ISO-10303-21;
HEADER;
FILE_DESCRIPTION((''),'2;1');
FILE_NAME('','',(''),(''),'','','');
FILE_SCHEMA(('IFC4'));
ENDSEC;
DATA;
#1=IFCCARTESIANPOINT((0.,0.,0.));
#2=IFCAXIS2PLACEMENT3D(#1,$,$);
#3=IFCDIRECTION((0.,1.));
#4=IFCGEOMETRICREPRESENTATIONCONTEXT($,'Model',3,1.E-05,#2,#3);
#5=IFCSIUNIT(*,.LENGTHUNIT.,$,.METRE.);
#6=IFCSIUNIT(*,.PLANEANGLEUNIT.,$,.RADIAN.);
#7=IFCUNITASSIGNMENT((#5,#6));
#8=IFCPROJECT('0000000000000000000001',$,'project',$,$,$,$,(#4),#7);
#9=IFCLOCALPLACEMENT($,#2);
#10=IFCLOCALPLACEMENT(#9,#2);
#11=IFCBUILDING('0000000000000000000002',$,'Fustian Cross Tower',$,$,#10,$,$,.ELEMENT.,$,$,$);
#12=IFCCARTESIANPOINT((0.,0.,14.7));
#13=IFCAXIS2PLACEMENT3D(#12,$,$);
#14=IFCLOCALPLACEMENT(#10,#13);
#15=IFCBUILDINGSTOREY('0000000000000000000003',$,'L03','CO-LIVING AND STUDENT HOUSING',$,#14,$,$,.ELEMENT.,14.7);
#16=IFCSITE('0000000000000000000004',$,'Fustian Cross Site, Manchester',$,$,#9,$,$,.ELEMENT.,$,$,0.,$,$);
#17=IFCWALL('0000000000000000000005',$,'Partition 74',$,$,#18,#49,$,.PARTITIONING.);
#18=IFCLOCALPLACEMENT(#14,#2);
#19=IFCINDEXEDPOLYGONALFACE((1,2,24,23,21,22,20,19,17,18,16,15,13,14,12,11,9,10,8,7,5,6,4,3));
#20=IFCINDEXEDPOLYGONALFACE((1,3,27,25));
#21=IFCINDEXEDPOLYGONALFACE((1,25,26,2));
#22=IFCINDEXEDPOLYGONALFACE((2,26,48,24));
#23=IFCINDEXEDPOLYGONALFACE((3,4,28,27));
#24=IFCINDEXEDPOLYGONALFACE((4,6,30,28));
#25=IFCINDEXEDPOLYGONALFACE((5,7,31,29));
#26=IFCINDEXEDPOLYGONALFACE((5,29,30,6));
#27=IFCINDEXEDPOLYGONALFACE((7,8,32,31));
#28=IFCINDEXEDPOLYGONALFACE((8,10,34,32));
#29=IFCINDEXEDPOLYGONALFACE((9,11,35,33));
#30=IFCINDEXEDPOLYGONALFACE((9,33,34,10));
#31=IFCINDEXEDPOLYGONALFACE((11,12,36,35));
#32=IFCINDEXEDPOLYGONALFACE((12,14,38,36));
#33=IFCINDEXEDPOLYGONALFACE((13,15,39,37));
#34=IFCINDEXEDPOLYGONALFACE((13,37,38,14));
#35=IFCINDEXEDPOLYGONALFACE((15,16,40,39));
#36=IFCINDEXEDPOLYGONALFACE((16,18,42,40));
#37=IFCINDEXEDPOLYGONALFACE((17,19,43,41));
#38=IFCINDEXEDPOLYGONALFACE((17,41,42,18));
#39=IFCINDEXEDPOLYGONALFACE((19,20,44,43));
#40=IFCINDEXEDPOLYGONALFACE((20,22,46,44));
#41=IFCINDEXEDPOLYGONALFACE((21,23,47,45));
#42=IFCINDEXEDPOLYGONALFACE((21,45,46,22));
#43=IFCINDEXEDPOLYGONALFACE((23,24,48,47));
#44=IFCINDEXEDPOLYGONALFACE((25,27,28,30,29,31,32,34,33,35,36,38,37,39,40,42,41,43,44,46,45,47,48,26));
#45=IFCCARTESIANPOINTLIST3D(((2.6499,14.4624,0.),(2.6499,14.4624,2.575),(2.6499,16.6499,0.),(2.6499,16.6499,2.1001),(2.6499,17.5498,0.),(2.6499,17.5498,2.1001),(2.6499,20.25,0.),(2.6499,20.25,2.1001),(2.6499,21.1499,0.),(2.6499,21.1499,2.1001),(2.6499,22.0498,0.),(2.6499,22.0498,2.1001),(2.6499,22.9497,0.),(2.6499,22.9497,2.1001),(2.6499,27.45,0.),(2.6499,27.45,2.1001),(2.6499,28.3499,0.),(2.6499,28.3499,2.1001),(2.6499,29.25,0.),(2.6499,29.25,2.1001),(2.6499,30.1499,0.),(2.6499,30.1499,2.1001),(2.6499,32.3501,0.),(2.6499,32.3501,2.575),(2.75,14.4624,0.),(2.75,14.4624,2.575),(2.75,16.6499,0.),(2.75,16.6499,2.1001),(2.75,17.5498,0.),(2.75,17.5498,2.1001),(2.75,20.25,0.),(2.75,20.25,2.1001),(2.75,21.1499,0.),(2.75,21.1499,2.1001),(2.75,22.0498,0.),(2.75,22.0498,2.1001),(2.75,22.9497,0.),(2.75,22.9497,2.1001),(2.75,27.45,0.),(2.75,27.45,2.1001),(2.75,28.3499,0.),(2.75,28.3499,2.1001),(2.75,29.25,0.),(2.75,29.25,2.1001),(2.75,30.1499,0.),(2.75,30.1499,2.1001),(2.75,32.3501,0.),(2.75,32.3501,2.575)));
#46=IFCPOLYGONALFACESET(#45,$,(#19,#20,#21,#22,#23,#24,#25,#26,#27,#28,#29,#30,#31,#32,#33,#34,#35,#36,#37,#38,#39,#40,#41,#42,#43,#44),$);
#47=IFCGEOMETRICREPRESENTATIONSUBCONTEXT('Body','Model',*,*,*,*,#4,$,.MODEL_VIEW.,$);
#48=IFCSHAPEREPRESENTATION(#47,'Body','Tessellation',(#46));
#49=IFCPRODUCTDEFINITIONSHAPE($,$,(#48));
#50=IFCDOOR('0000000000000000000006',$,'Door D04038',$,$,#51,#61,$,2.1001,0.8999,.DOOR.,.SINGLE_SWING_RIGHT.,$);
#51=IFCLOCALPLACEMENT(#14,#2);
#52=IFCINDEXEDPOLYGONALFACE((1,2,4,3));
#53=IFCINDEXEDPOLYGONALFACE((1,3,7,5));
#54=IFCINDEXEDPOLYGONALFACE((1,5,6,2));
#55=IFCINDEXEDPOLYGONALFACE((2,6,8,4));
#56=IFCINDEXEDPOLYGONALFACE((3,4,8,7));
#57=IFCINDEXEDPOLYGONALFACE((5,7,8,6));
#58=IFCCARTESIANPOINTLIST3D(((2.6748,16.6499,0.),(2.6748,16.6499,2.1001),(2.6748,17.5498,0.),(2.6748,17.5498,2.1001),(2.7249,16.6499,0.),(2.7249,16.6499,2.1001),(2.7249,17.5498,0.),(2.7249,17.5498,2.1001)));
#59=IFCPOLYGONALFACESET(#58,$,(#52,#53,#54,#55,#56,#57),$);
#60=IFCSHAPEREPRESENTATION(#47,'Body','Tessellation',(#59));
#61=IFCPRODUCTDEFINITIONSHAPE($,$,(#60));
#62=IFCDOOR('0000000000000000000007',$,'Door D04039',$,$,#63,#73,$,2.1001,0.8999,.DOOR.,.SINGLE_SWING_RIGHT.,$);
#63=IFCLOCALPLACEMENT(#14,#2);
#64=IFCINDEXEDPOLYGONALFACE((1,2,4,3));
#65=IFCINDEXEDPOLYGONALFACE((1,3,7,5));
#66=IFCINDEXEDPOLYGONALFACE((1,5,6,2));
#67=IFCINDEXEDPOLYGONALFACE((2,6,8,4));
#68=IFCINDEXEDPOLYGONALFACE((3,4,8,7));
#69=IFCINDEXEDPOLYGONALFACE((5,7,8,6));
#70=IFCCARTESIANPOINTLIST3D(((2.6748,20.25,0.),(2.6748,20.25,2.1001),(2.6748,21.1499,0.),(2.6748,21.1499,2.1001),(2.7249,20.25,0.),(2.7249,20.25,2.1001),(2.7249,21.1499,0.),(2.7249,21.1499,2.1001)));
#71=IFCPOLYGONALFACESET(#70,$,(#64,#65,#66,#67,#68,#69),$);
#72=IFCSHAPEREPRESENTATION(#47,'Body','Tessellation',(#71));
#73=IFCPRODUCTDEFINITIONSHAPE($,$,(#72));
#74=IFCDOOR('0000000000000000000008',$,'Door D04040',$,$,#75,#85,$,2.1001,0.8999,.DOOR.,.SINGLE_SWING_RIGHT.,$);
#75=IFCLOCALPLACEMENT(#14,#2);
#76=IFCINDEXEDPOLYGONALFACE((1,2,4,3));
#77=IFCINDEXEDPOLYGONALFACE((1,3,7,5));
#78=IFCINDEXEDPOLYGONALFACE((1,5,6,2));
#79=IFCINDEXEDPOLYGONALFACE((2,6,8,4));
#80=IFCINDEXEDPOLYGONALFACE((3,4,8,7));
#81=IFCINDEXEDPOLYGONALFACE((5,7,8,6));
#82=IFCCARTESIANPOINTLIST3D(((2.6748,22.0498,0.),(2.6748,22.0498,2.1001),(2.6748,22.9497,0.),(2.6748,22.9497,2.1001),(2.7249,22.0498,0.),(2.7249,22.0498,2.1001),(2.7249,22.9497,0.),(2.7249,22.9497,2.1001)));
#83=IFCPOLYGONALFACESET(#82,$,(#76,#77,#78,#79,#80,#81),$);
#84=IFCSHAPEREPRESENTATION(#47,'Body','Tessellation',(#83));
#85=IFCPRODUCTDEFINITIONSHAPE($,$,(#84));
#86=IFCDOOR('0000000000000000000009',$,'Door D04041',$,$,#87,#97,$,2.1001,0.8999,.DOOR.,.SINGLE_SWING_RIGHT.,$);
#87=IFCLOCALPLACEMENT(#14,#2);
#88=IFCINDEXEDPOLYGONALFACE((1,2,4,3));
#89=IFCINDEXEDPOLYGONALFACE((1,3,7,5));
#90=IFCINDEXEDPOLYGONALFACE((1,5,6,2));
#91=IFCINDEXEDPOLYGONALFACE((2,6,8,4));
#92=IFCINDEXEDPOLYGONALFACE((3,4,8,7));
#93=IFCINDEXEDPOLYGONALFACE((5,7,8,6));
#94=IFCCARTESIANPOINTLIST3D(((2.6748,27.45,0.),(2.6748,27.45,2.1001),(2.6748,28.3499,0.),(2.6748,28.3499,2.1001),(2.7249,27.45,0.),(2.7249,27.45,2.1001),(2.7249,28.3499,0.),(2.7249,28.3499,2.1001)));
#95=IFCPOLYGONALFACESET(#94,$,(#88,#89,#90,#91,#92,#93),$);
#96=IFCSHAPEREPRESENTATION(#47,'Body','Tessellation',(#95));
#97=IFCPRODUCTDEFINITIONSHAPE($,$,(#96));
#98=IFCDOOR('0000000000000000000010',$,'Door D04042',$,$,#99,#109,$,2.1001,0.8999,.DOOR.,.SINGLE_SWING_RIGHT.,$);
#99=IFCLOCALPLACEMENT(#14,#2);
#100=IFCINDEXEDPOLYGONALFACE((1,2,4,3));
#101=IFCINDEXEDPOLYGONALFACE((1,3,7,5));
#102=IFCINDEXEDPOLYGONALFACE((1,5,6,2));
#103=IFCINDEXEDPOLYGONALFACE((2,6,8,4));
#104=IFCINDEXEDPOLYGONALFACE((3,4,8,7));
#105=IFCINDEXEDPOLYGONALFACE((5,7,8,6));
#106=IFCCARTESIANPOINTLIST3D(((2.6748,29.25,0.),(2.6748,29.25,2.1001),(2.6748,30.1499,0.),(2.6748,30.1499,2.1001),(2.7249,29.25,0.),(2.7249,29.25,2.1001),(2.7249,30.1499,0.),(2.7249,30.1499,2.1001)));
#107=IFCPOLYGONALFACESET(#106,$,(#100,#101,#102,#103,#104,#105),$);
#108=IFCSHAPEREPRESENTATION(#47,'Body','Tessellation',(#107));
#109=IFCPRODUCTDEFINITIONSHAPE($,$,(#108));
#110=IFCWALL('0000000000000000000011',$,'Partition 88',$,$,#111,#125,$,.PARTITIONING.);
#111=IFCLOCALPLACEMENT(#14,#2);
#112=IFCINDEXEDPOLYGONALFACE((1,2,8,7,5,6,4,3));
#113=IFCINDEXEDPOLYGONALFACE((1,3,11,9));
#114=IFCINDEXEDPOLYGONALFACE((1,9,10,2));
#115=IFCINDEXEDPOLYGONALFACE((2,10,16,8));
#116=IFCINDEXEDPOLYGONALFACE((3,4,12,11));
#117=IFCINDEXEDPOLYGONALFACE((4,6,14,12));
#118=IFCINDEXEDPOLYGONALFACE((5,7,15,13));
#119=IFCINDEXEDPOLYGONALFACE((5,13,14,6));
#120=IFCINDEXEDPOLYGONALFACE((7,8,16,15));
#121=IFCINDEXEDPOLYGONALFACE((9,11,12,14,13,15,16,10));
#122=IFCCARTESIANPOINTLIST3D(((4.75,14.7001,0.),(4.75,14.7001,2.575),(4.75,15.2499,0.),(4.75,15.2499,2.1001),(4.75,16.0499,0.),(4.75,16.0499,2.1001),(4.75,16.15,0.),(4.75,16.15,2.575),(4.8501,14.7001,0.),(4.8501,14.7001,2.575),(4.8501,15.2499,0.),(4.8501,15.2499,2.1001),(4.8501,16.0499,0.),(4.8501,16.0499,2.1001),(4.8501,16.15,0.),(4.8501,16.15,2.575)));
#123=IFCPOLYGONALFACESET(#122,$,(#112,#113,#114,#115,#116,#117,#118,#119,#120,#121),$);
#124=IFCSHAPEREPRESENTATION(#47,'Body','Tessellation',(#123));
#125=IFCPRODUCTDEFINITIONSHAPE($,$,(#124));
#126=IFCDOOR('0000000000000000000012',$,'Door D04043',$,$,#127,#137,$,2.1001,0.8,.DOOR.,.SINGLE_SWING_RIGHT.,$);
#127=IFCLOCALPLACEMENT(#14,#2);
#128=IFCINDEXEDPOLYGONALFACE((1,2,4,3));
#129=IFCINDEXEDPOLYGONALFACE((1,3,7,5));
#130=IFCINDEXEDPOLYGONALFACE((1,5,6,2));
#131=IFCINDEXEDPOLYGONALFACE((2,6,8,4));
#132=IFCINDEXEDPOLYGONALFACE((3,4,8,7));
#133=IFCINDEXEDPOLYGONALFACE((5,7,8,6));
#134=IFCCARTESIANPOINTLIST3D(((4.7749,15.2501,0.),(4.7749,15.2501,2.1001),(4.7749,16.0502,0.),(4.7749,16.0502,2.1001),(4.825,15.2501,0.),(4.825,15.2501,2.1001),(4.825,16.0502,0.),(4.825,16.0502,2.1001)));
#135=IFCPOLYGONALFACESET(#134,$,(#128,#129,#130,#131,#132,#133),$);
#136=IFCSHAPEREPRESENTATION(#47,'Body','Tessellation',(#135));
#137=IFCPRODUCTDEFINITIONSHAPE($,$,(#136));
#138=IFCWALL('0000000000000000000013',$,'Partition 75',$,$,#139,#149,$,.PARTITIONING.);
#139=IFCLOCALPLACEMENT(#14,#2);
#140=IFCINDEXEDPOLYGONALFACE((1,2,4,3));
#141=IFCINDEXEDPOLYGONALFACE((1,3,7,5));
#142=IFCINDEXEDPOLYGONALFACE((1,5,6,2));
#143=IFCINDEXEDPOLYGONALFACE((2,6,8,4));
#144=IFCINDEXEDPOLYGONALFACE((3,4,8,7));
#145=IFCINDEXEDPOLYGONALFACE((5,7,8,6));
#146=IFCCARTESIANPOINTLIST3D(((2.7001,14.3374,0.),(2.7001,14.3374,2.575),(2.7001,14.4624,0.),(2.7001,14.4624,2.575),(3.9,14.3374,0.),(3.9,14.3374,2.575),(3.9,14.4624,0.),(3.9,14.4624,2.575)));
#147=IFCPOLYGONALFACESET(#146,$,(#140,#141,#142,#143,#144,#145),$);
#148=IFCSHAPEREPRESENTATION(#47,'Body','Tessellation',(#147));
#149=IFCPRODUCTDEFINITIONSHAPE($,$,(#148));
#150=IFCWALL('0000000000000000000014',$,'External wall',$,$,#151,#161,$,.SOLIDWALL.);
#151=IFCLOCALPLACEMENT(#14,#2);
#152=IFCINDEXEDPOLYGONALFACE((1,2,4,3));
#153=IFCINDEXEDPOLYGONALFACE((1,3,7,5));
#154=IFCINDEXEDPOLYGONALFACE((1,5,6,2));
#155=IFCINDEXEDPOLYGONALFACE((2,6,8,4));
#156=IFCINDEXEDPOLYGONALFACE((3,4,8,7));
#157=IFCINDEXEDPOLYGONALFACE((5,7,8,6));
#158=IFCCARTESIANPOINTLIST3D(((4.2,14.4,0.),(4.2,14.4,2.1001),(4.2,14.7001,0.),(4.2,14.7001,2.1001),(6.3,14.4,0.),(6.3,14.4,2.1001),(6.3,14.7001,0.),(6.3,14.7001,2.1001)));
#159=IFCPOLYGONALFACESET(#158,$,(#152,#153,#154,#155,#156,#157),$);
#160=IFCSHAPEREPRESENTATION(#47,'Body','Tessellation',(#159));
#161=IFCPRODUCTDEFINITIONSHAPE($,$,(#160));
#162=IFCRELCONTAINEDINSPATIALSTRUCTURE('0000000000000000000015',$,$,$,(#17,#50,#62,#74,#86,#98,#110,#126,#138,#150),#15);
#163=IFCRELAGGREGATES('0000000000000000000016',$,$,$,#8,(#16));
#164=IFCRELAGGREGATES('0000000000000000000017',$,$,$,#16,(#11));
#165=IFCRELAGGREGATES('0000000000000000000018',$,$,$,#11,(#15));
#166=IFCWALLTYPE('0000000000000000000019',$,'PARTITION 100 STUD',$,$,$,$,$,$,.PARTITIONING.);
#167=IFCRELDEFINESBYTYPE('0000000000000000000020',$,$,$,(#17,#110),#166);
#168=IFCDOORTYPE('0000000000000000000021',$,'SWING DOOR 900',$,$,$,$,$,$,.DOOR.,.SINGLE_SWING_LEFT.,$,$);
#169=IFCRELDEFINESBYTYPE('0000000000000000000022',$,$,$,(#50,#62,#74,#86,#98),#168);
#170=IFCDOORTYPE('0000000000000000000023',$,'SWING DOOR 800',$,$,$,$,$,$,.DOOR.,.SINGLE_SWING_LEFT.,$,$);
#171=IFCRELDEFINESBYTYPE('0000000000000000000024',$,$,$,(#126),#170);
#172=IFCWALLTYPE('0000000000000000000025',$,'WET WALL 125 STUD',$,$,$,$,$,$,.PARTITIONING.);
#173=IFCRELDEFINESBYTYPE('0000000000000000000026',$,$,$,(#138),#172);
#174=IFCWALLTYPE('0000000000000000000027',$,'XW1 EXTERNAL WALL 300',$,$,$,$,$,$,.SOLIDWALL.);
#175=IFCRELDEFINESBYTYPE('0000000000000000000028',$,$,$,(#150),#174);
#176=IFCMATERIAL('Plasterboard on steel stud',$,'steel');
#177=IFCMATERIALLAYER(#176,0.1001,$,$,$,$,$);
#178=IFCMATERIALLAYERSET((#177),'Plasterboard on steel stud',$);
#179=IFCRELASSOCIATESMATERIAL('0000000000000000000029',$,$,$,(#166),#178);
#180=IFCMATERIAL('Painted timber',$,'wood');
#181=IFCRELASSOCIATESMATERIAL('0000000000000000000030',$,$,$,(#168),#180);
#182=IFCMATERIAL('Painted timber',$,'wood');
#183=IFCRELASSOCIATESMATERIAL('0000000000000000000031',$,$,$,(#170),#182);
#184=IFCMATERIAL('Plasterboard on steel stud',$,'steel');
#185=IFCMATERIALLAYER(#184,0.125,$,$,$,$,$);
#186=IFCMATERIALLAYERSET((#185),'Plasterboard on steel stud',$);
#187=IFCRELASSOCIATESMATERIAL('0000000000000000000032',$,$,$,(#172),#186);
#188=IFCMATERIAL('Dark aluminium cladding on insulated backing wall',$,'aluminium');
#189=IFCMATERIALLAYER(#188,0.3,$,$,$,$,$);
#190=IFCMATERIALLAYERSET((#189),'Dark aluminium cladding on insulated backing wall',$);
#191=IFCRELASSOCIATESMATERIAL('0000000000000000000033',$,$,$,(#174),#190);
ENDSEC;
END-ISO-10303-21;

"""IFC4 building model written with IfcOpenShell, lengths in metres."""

from ifc_helpers import new_model, si_unit, direction, frame, frame_2d, origin, place, context, subcontext, project, spatial, rectangle, extrude, material, layer, layer_set, type_object, element, fill, save


model = new_model("IFC4")

# Units and contexts
model_context = context("Model", 3, precision=1e-05, world=origin(), true_north=direction((0.0, 1.0)))
body_context = subcontext(model_context, "Body", "Model", "MODEL_VIEW")
ifc_project = project(units=[si_unit("LENGTHUNIT", "METRE"), si_unit("PLANEANGLEUNIT", "RADIAN")], contexts=[model_context])

# Site, building, storey
site_placement = place(None, origin())
site = spatial("IfcSite", under=ifc_project, at=site_placement, Name="Fustian Cross Site, Manchester", CompositionType="ELEMENT", RefElevation=0.0)
building_placement = place(site_placement, origin())
building = spatial("IfcBuilding", under=site, at=building_placement, Name="Fustian Cross Tower", CompositionType="ELEMENT")
storey_placement = place(building_placement, frame((0.0, 0.0, 14.7)))
storey = spatial("IfcBuildingStorey", under=building, at=storey_placement, Name="L03", Description="CO-LIVING AND STUDENT HOUSING", CompositionType="ELEMENT", Elevation=14.7)

# Shared definitions
ifc_material_1 = material(Name="Plasterboard on steel stud", Category="steel")
ifc_layer_1 = layer(ifc_material_1, 0.1001)
ifc_layer_set_1 = layer_set([ifc_layer_1], Name="Plasterboard on steel stud")
wall_type_1 = type_object("IfcWallType", Name="PARTITION 100 STUD", PredefinedType="PARTITIONING", material=ifc_layer_set_1)

# Wall, openings, doors
wall_1_placement = place(storey_placement, frame((2.7, 14.4624, 0.0), z_axis=(0.0, 0.0, 1.0), x_axis=(0.0, 1.0, 0.0)))
wall_1 = element("IfcWall", 1, at=wall_1_placement, inside=storey, type_object=wall_type_1, Name="Partition 74", PredefinedType="PARTITIONING", context=body_context, shape_type="SweptSolid", body=[
    extrude(rectangle(XDim=17.8877, YDim=0.1001, at=frame_2d((8.9438, 0.0))), origin(), (0.0, 0.0, 1.0), 2.575),
])
opening_1_placement = place(wall_1_placement, frame((2.1875, 0.0, 0.0)))
opening_1 = element("IfcOpeningElement", 2, at=opening_1_placement, cuts=wall_1, PredefinedType="OPENING", context=body_context, shape_type="SweptSolid", body=[
    extrude(rectangle(XDim=0.8999, YDim=2.1001, at=frame_2d((0.45, 1.05))), frame((0.0, 0.0601, 0.0), z_axis=(0.0, -1.0, 0.0), x_axis=(1.0, 0.0, 0.0)), (0.0, 0.0, 1.0), 0.1201),
])
opening_2_placement = place(wall_1_placement, frame((5.7876, 0.0, 0.0)))
opening_2 = element("IfcOpeningElement", 3, at=opening_2_placement, cuts=wall_1, PredefinedType="OPENING", context=body_context, shape_type="SweptSolid", body=[
    extrude(rectangle(XDim=0.8999, YDim=2.1001, at=frame_2d((0.45, 1.05))), frame((0.0, 0.0601, 0.0), z_axis=(0.0, -1.0, 0.0), x_axis=(1.0, 0.0, 0.0)), (0.0, 0.0, 1.0), 0.1201),
])
opening_3_placement = place(wall_1_placement, frame((7.5874, 0.0, 0.0)))
opening_3 = element("IfcOpeningElement", 4, at=opening_3_placement, cuts=wall_1, PredefinedType="OPENING", context=body_context, shape_type="SweptSolid", body=[
    extrude(rectangle(XDim=0.8999, YDim=2.1001, at=frame_2d((0.45, 1.05))), frame((0.0, 0.0601, 0.0), z_axis=(0.0, -1.0, 0.0), x_axis=(1.0, 0.0, 0.0)), (0.0, 0.0, 1.0), 0.1201),
])
opening_4_placement = place(wall_1_placement, frame((12.9875, 0.0, 0.0)))
opening_4 = element("IfcOpeningElement", 5, at=opening_4_placement, cuts=wall_1, PredefinedType="OPENING", context=body_context, shape_type="SweptSolid", body=[
    extrude(rectangle(XDim=0.8999, YDim=2.1001, at=frame_2d((0.45, 1.05))), frame((0.0, 0.0601, 0.0), z_axis=(0.0, -1.0, 0.0), x_axis=(1.0, 0.0, 0.0)), (0.0, 0.0, 1.0), 0.1201),
])
opening_5_placement = place(wall_1_placement, frame((14.7876, 0.0, 0.0)))
opening_5 = element("IfcOpeningElement", 6, at=opening_5_placement, cuts=wall_1, PredefinedType="OPENING", context=body_context, shape_type="SweptSolid", body=[
    extrude(rectangle(XDim=0.8999, YDim=2.1001, at=frame_2d((0.45, 1.05))), frame((0.0, 0.0601, 0.0), z_axis=(0.0, -1.0, 0.0), x_axis=(1.0, 0.0, 0.0)), (0.0, 0.0, 1.0), 0.1201),
])
ifc_material_2 = material(Name="Painted timber", Category="wood")
door_type_1 = type_object("IfcDoorType", Name="SWING DOOR 900", OperationType="SINGLE_SWING_LEFT", PredefinedType="DOOR", material=ifc_material_2)
door_1_placement = place(opening_1_placement, frame((0.8999, 0.0, 0.0), z_axis=(0.0, 0.0, 1.0), x_axis=(-1.0, 0.0, 0.0)))
door_1 = element("IfcDoor", 7, at=door_1_placement, inside=storey, type_object=door_type_1, Name="Door D04038", OperationType="SINGLE_SWING_RIGHT", OverallHeight=2.1001, OverallWidth=0.8999, PredefinedType="DOOR", context=body_context, shape_type="SweptSolid", body=[
    extrude(rectangle(XDim=0.8999, YDim=2.1001, at=frame_2d((0.45, 1.05))), frame((0.0, 0.0249, 0.0), z_axis=(0.0, -1.0, 0.0), x_axis=(1.0, 0.0, 0.0)), (0.0, 0.0, 1.0), 0.05),
])
fill(opening_1, door_1)
door_2_placement = place(opening_2_placement, frame((0.8999, 0.0, 0.0), z_axis=(0.0, 0.0, 1.0), x_axis=(-1.0, 0.0, 0.0)))
door_2 = element("IfcDoor", 8, at=door_2_placement, inside=storey, type_object=door_type_1, Name="Door D04039", OperationType="SINGLE_SWING_RIGHT", OverallHeight=2.1001, OverallWidth=0.8999, PredefinedType="DOOR", context=body_context, shape_type="SweptSolid", body=[
    extrude(rectangle(XDim=0.8999, YDim=2.1001, at=frame_2d((0.45, 1.05))), frame((0.0, 0.0249, 0.0), z_axis=(0.0, -1.0, 0.0), x_axis=(1.0, 0.0, 0.0)), (0.0, 0.0, 1.0), 0.05),
])
fill(opening_2, door_2)
door_3_placement = place(opening_3_placement, frame((0.8999, 0.0, 0.0), z_axis=(0.0, 0.0, 1.0), x_axis=(-1.0, 0.0, 0.0)))
door_3 = element("IfcDoor", 9, at=door_3_placement, inside=storey, type_object=door_type_1, Name="Door D04040", OperationType="SINGLE_SWING_RIGHT", OverallHeight=2.1001, OverallWidth=0.8999, PredefinedType="DOOR", context=body_context, shape_type="SweptSolid", body=[
    extrude(rectangle(XDim=0.8999, YDim=2.1001, at=frame_2d((0.45, 1.05))), frame((0.0, 0.0249, 0.0), z_axis=(0.0, -1.0, 0.0), x_axis=(1.0, 0.0, 0.0)), (0.0, 0.0, 1.0), 0.05),
])
fill(opening_3, door_3)
door_4_placement = place(opening_4_placement, frame((0.8999, 0.0, 0.0), z_axis=(0.0, 0.0, 1.0), x_axis=(-1.0, 0.0, 0.0)))
door_4 = element("IfcDoor", 10, at=door_4_placement, inside=storey, type_object=door_type_1, Name="Door D04041", OperationType="SINGLE_SWING_RIGHT", OverallHeight=2.1001, OverallWidth=0.8999, PredefinedType="DOOR", context=body_context, shape_type="SweptSolid", body=[
    extrude(rectangle(XDim=0.8999, YDim=2.1001, at=frame_2d((0.45, 1.05))), frame((0.0, 0.0249, 0.0), z_axis=(0.0, -1.0, 0.0), x_axis=(1.0, 0.0, 0.0)), (0.0, 0.0, 1.0), 0.05),
])
fill(opening_4, door_4)
door_5_placement = place(opening_5_placement, frame((0.8999, 0.0, 0.0), z_axis=(0.0, 0.0, 1.0), x_axis=(-1.0, 0.0, 0.0)))
door_5 = element("IfcDoor", 11, at=door_5_placement, inside=storey, type_object=door_type_1, Name="Door D04042", OperationType="SINGLE_SWING_RIGHT", OverallHeight=2.1001, OverallWidth=0.8999, PredefinedType="DOOR", context=body_context, shape_type="SweptSolid", body=[
    extrude(rectangle(XDim=0.8999, YDim=2.1001, at=frame_2d((0.45, 1.05))), frame((0.0, 0.0249, 0.0), z_axis=(0.0, -1.0, 0.0), x_axis=(1.0, 0.0, 0.0)), (0.0, 0.0, 1.0), 0.05),
])
fill(opening_5, door_5)

# Wall, opening, door
wall_2_placement = place(storey_placement, frame((4.8, 14.7, 0.0), z_axis=(0.0, 0.0, 1.0), x_axis=(0.0, 1.0, 0.0)))
wall_2 = element("IfcWall", 12, at=wall_2_placement, inside=storey, type_object=wall_type_1, Name="Partition 88", PredefinedType="PARTITIONING", context=body_context, shape_type="SweptSolid", body=[
    extrude(rectangle(XDim=1.45, YDim=0.1001, at=frame_2d((0.7251, 0.0))), origin(), (0.0, 0.0, 1.0), 2.575),
])
opening_6_placement = place(wall_2_placement, frame((0.55, 0.0, 0.0)))
opening_6 = element("IfcOpeningElement", 13, at=opening_6_placement, cuts=wall_2, PredefinedType="OPENING", context=body_context, shape_type="SweptSolid", body=[
    extrude(rectangle(XDim=0.8, YDim=2.1001, at=frame_2d((0.3999, 1.05))), frame((0.0, 0.0601, 0.0), z_axis=(0.0, -1.0, 0.0), x_axis=(1.0, 0.0, 0.0)), (0.0, 0.0, 1.0), 0.1201),
])
ifc_material_3 = material(Name="Painted timber", Category="wood")
door_type_2 = type_object("IfcDoorType", Name="SWING DOOR 800", OperationType="SINGLE_SWING_LEFT", PredefinedType="DOOR", material=ifc_material_3)
door_6_placement = place(opening_6_placement, frame((0.8, 0.0, 0.0), z_axis=(0.0, 0.0, 1.0), x_axis=(-1.0, 0.0, 0.0)))
door_6 = element("IfcDoor", 14, at=door_6_placement, inside=storey, type_object=door_type_2, Name="Door D04043", OperationType="SINGLE_SWING_RIGHT", OverallHeight=2.1001, OverallWidth=0.8, PredefinedType="DOOR", context=body_context, shape_type="SweptSolid", body=[
    extrude(rectangle(XDim=0.8, YDim=2.1001, at=frame_2d((0.3999, 1.05))), frame((0.0, 0.0249, 0.0), z_axis=(0.0, -1.0, 0.0), x_axis=(1.0, 0.0, 0.0)), (0.0, 0.0, 1.0), 0.05),
])
fill(opening_6, door_6)

# Walls
ifc_material_4 = material(Name="Plasterboard on steel stud", Category="steel")
ifc_layer_2 = layer(ifc_material_4, 0.125)
ifc_layer_set_2 = layer_set([ifc_layer_2], Name="Plasterboard on steel stud")
wall_type_2 = type_object("IfcWallType", Name="WET WALL 125 STUD", PredefinedType="PARTITIONING", material=ifc_layer_set_2)
wall_3_placement = place(storey_placement, frame((2.7, 14.3999, 0.0), z_axis=(0.0, 0.0, 1.0), x_axis=(1.0, 0.0, 0.0)))
element("IfcWall", 15, at=wall_3_placement, inside=storey, type_object=wall_type_2, Name="Partition 75", PredefinedType="PARTITIONING", context=body_context, shape_type="SweptSolid", body=[
    extrude(rectangle(XDim=1.2, YDim=0.125, at=frame_2d((0.6001, 0.0))), origin(), (0.0, 0.0, 1.0), 2.575),
])
ifc_material_5 = material(Name="Dark aluminium cladding on insulated backing wall", Category="aluminium")
ifc_layer_3 = layer(ifc_material_5, 0.3)
ifc_layer_set_3 = layer_set([ifc_layer_3], Name="Dark aluminium cladding on insulated backing wall")
wall_type_3 = type_object("IfcWallType", Name="XW1 EXTERNAL WALL 300", PredefinedType="SOLIDWALL", material=ifc_layer_set_3)
wall_4_placement = place(storey_placement, frame((4.2, 14.55, 0.0), z_axis=(0.0, 0.0, 1.0), x_axis=(1.0, 0.0, 0.0)))
element("IfcWall", 16, at=wall_4_placement, inside=storey, type_object=wall_type_3, Name="External wall", PredefinedType="SOLIDWALL", context=body_context, shape_type="SweptSolid", body=[
    extrude(rectangle(XDim=2.1001, YDim=0.3, at=frame_2d((1.05, 0.0))), origin(), (0.0, 0.0, 1.0), 2.1001),
])

save(model, "model.ifc")
